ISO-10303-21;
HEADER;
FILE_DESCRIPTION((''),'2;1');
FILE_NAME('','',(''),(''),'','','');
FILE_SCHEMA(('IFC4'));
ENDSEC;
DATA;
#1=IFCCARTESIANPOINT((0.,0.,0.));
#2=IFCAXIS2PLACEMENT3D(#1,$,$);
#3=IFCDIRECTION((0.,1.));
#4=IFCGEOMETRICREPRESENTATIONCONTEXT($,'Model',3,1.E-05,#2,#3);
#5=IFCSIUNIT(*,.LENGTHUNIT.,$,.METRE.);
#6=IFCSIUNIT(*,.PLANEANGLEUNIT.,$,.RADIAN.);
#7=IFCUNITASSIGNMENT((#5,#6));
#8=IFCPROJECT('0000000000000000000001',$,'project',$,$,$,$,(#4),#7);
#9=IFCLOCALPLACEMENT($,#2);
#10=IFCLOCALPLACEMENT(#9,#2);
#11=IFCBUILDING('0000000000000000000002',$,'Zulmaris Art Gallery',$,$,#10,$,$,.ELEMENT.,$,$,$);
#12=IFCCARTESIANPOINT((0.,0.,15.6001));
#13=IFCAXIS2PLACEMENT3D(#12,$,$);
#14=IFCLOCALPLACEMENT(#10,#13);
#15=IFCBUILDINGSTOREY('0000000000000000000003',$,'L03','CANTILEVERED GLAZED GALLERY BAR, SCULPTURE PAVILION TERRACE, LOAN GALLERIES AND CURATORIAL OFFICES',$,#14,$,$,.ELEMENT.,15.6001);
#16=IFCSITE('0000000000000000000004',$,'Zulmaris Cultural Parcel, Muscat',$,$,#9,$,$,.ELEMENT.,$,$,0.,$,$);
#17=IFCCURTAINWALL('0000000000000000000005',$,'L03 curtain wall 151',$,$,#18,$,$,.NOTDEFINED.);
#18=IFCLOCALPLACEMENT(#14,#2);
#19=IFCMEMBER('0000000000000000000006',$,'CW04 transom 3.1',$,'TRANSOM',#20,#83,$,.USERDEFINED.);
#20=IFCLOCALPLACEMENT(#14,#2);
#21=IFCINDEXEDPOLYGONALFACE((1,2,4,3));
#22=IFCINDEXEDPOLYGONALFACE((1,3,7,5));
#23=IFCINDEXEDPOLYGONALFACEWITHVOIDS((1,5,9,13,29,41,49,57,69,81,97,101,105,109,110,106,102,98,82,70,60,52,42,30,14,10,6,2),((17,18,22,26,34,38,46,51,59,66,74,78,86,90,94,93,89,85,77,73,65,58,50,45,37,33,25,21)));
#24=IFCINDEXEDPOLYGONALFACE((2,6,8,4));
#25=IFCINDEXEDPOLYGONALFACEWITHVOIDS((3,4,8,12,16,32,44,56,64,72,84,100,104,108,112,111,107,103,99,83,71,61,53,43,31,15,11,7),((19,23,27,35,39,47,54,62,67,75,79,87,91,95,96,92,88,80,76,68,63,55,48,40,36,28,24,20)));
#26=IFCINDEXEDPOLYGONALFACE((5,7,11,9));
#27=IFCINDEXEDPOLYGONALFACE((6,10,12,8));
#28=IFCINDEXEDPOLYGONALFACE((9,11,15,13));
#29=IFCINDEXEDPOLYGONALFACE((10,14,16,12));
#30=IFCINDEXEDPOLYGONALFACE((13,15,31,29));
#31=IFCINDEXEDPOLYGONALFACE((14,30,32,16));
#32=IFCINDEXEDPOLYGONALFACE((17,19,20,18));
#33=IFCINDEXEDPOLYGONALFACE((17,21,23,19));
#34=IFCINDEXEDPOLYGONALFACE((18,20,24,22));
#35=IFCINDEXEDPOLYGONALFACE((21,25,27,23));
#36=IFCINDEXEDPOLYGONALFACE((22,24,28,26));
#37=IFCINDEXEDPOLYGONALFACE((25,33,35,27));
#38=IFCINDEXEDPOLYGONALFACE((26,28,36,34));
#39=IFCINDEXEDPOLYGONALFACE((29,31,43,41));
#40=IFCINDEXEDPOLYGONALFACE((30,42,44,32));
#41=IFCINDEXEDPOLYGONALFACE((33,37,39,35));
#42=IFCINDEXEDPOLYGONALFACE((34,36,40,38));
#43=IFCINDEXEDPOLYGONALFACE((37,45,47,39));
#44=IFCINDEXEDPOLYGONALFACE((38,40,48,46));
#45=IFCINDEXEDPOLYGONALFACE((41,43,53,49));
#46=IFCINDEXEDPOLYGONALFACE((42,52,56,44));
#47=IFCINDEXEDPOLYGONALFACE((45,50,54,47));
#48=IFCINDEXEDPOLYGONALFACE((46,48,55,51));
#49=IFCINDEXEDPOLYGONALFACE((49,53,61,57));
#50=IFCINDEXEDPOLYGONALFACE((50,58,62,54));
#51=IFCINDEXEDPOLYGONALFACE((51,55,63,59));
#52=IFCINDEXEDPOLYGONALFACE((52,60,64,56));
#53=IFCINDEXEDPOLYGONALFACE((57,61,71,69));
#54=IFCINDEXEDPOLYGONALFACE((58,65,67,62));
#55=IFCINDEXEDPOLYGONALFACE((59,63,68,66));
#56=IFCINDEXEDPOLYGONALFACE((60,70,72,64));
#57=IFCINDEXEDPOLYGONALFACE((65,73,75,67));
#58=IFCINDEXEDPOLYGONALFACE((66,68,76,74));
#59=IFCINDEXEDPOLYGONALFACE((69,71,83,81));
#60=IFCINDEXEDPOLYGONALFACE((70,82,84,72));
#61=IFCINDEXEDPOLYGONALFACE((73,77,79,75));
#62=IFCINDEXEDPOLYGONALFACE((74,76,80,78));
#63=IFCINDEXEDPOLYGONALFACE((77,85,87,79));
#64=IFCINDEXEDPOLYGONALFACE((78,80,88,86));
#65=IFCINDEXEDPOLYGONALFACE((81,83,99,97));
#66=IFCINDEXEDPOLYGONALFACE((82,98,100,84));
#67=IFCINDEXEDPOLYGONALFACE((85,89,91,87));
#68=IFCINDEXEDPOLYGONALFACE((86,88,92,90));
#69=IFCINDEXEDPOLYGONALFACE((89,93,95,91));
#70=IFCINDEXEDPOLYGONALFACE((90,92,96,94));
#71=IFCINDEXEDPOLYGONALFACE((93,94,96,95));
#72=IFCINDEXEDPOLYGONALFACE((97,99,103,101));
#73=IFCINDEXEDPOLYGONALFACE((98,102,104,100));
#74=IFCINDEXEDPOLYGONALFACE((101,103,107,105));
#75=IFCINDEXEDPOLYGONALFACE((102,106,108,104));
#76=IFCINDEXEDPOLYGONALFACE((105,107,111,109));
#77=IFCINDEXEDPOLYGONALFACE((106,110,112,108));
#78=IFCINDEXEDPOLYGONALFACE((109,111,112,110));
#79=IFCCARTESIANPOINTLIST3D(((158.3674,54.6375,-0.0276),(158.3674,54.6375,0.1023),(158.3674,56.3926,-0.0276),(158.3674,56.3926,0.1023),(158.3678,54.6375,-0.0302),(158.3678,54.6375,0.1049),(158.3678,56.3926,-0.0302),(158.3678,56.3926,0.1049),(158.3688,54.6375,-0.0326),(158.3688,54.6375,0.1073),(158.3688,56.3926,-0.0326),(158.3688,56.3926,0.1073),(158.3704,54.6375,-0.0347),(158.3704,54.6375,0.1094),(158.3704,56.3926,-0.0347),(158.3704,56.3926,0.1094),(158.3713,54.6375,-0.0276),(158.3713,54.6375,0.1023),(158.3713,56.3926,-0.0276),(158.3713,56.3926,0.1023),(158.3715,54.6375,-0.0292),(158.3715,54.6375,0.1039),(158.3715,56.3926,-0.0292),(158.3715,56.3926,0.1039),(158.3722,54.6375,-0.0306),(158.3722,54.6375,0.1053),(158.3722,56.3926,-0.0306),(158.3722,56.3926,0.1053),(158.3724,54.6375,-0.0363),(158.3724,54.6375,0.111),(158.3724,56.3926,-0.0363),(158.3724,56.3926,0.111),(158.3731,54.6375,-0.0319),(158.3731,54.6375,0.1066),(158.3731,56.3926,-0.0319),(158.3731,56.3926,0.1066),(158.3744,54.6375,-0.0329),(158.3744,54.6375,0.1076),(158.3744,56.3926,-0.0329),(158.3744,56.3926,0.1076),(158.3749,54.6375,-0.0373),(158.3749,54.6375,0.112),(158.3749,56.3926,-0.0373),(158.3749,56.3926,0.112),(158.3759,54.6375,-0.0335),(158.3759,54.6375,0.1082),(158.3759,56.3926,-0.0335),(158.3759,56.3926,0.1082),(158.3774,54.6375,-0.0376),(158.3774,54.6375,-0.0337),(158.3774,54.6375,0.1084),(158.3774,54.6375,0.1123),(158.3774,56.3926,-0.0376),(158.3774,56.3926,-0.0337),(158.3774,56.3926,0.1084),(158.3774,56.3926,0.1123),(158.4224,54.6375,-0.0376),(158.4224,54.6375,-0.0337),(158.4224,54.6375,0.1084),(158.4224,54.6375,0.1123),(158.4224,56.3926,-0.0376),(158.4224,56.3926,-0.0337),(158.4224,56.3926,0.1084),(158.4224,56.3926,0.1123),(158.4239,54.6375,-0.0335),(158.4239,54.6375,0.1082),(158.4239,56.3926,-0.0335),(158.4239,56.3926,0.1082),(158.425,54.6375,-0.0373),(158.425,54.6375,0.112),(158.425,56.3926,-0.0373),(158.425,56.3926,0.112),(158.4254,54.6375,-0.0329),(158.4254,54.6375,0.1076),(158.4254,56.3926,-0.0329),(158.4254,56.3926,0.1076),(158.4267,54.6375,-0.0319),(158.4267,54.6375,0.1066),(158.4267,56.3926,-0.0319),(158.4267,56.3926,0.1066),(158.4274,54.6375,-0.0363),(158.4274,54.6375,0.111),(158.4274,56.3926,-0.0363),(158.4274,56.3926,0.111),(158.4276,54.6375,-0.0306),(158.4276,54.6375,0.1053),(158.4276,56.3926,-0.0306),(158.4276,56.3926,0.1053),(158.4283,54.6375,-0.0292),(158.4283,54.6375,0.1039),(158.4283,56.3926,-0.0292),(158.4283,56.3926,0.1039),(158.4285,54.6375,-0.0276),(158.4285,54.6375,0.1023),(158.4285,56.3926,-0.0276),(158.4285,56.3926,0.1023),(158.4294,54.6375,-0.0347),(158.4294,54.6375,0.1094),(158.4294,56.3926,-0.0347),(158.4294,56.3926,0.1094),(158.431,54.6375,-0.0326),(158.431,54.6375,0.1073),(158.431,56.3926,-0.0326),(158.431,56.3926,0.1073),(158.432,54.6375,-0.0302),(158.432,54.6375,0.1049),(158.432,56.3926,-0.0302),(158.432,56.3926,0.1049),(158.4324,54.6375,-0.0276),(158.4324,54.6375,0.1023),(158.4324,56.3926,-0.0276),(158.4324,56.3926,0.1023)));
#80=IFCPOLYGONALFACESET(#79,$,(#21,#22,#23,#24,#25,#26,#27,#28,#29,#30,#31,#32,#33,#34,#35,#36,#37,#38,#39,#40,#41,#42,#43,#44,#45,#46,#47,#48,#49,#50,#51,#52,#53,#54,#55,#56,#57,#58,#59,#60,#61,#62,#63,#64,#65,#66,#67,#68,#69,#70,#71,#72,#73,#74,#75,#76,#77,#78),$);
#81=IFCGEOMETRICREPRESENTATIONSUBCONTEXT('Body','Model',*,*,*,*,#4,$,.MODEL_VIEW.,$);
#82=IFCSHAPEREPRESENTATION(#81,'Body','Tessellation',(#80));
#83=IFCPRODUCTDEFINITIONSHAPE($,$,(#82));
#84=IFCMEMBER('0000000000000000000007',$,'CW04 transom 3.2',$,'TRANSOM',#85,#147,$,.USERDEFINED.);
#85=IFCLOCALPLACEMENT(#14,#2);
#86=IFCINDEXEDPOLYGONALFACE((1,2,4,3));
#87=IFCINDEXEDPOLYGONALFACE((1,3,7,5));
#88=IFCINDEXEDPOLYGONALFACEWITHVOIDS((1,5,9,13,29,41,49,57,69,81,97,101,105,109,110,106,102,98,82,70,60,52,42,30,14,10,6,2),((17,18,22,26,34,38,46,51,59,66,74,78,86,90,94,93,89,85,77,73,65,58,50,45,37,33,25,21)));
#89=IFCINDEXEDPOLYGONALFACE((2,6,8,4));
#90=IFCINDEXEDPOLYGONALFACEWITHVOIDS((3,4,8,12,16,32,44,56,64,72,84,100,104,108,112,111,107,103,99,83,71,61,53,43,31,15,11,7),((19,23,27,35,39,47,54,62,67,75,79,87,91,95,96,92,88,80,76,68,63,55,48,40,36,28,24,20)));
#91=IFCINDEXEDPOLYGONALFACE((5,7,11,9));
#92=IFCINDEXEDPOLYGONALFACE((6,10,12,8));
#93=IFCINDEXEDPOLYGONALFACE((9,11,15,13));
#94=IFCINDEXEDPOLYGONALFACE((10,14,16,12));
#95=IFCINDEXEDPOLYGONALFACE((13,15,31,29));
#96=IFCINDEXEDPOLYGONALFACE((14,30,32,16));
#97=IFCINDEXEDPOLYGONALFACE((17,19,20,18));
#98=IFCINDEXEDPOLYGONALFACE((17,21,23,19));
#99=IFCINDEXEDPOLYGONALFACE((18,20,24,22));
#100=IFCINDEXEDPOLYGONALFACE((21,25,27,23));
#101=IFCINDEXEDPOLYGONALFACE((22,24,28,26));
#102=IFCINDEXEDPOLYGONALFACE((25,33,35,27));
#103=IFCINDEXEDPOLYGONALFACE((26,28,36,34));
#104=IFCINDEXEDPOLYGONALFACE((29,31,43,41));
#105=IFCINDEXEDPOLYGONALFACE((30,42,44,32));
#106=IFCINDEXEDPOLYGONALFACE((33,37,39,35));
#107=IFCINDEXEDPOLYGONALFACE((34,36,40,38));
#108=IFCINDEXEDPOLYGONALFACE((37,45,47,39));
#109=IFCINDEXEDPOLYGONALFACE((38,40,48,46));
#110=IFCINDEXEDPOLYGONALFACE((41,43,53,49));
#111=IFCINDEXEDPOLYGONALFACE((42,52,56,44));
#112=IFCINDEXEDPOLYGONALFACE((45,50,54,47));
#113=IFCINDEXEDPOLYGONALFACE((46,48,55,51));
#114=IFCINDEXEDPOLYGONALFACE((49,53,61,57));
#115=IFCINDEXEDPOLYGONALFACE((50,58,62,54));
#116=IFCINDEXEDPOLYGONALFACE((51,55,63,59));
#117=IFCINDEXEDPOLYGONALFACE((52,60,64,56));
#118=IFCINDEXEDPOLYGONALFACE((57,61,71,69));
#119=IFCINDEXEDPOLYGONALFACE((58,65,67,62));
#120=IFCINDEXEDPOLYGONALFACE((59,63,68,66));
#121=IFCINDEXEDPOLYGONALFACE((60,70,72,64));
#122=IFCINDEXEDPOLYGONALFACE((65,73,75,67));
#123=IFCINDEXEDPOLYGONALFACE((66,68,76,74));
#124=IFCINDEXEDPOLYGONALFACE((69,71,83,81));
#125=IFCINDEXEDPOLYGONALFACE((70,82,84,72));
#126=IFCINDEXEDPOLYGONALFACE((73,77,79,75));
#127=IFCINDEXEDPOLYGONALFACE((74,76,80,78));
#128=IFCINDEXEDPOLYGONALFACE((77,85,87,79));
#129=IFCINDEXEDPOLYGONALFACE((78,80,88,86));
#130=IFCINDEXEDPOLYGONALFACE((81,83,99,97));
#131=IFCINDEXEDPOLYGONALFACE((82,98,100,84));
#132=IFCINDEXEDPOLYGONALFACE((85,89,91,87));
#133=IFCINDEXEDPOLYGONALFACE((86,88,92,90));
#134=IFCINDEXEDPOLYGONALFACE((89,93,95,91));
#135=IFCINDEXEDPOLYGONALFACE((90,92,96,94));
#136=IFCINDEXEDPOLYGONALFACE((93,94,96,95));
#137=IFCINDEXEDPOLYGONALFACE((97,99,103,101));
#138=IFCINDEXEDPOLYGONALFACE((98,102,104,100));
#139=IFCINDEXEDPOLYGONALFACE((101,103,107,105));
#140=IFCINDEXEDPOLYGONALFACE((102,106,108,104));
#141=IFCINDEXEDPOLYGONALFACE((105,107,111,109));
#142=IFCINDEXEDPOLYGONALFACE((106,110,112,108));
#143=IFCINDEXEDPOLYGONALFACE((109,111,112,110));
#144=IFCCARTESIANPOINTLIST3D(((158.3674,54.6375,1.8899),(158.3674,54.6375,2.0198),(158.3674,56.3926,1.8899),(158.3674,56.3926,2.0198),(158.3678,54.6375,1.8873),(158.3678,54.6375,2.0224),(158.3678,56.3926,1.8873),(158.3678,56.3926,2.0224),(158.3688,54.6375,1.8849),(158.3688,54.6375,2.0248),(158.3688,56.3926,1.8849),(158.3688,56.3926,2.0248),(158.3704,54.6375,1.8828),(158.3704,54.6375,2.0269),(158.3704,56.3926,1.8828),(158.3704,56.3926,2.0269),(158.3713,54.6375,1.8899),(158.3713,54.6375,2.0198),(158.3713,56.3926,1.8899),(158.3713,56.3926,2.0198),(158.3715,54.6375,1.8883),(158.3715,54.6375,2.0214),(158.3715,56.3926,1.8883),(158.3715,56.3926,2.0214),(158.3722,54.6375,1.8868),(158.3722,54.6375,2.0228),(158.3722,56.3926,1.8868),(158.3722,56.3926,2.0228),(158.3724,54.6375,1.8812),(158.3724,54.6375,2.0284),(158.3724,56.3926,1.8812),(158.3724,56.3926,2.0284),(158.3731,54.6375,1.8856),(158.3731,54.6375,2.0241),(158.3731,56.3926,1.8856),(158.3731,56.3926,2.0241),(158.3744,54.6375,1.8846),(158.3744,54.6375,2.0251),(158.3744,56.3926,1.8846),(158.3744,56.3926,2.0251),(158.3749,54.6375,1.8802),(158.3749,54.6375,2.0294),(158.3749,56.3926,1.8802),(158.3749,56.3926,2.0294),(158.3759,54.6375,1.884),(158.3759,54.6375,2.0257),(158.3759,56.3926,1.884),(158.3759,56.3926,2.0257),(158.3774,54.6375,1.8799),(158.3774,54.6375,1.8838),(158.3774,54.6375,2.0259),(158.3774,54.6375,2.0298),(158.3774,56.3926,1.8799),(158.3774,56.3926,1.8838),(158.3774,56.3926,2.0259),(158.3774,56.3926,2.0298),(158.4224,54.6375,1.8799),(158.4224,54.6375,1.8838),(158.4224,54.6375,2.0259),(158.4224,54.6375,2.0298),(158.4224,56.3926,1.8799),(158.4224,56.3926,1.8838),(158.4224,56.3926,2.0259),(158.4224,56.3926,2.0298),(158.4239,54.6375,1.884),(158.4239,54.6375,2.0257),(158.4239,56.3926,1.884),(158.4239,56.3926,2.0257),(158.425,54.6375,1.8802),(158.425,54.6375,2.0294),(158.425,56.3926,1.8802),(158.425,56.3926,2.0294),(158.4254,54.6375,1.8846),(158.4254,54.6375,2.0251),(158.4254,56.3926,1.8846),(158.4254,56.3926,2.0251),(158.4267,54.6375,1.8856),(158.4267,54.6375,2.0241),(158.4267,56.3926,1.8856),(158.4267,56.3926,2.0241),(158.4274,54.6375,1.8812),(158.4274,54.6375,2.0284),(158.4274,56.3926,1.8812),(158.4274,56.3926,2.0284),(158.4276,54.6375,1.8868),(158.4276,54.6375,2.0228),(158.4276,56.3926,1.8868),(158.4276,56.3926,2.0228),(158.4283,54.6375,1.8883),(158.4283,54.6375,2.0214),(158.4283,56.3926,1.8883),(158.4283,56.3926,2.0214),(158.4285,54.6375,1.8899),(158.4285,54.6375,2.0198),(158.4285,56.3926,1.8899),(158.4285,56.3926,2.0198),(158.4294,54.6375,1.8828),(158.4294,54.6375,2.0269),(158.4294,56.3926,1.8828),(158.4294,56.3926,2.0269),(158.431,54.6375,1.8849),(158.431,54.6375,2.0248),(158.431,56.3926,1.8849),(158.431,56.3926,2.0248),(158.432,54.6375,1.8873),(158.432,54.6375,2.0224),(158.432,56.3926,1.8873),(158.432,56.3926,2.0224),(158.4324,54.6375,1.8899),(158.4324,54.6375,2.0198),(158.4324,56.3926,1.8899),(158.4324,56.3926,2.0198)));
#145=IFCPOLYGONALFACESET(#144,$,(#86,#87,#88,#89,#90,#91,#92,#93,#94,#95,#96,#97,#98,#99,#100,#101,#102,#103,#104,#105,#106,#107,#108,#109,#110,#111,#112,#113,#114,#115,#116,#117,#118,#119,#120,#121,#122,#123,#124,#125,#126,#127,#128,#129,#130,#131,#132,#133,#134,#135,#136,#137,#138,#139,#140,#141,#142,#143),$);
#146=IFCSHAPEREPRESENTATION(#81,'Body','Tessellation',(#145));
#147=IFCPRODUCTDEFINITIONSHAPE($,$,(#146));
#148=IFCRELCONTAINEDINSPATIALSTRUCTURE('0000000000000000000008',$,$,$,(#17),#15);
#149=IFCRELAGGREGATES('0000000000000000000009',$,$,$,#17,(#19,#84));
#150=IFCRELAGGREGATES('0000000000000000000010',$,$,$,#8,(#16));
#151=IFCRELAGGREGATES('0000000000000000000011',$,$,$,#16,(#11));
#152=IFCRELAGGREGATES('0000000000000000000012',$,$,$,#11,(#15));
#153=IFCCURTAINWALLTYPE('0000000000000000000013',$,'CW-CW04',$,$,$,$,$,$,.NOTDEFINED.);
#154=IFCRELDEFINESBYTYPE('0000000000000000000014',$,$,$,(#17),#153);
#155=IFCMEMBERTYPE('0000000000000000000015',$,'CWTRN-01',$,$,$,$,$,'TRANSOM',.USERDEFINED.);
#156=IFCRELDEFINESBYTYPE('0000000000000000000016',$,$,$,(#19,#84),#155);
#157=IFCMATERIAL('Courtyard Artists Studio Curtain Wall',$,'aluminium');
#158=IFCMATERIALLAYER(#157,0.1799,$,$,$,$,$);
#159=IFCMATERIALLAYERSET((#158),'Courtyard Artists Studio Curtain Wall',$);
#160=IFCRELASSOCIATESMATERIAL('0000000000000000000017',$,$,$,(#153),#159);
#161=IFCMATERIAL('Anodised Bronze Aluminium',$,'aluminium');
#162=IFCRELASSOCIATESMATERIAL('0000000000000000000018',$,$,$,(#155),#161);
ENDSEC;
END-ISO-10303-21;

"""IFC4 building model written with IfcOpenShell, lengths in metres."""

from ifc_helpers import new_model, si_unit, direction, frame, origin, origin_2d, place, context, subcontext, project, spatial, hollow_rectangle, extrude, material, layer, layer_set, material_profile, profile_set, type_object, element, aggregate, save


model = new_model("IFC4")

# Units and contexts
model_context = context("Model", 3, precision=1e-05, world=origin(), true_north=direction((0.0, 1.0)))
body_context = subcontext(model_context, "Body", "Model", "MODEL_VIEW")
ifc_project = project(units=[si_unit("LENGTHUNIT", "METRE"), si_unit("PLANEANGLEUNIT", "RADIAN")], contexts=[model_context])

# Site, building, storey
site_placement = place(None, origin())
site = spatial("IfcSite", under=ifc_project, at=site_placement, Name="Zulmaris Cultural Parcel, Muscat", CompositionType="ELEMENT", RefElevation=0.0)
building_placement = place(site_placement, origin())
building = spatial("IfcBuilding", under=site, at=building_placement, Name="Zulmaris Art Gallery", CompositionType="ELEMENT")
storey_placement = place(building_placement, frame((0.0, 0.0, 15.6001)))
storey = spatial("IfcBuildingStorey", under=building, at=storey_placement, Name="L03", Description="CANTILEVERED GLAZED GALLERY BAR, SCULPTURE PAVILION TERRACE, LOAN GALLERIES AND CURATORIAL OFFICES", CompositionType="ELEMENT", Elevation=15.6001)

# Curtain wall, members
ifc_material_1 = material(Name="Courtyard Artists Studio Curtain Wall", Category="aluminium")
ifc_layer_1 = layer(ifc_material_1, 0.1799)
ifc_layer_set_1 = layer_set([ifc_layer_1], Name="Courtyard Artists Studio Curtain Wall")
curtain_wall_type = type_object("IfcCurtainWallType", Name="CW-CW04", PredefinedType="NOTDEFINED", material=ifc_layer_set_1)
ifc_material_2 = material(Name="Anodised Bronze Aluminium", Category="aluminium")
curtain_wall_1_placement = place(storey_placement, origin())
curtain_wall_1 = element("IfcCurtainWall", 1, at=curtain_wall_1_placement, inside=storey, type_object=curtain_wall_type, Name="L03 curtain wall 151", PredefinedType="NOTDEFINED")
ifc_material_profile_1 = material_profile(ifc_material_2, hollow_rectangle(XDim=0.0649, YDim=0.1499, WallThickness=0.0039, InnerFilletRadius=0.0061, OuterFilletRadius=0.01, at=origin_2d()), Name="ALU 65x150x4")
ifc_profile_set_1 = profile_set([ifc_material_profile_1], Name="Anodised Bronze Aluminium")
member_type_1 = type_object("IfcMemberType", Name="CWTRN-01", ElementType="TRANSOM", PredefinedType="USERDEFINED", material=ifc_profile_set_1)
member_1_placement = place(storey_placement, frame((158.3999, 54.6375, 0.0374), z_axis=(0.0, 1.0, 0.0), x_axis=(-1.0, 0.0, 0.0)))
member_1 = element("IfcMember", 2, at=member_1_placement, type_object=member_type_1, Name="CW04 transom 3.1", ObjectType="TRANSOM", PredefinedType="USERDEFINED", context=body_context, shape_type="SweptSolid", body=[
    extrude(hollow_rectangle(XDim=0.0649, YDim=0.1499, WallThickness=0.0039, InnerFilletRadius=0.0061, OuterFilletRadius=0.01, at=origin_2d()), origin(), (0.0, 0.0, 1.0), 1.7551),
])
member_2_placement = place(storey_placement, frame((158.3999, 54.6375, 1.9548), z_axis=(0.0, 1.0, 0.0), x_axis=(-1.0, 0.0, 0.0)))
member_2 = element("IfcMember", 3, at=member_2_placement, type_object=member_type_1, Name="CW04 transom 3.2", ObjectType="TRANSOM", PredefinedType="USERDEFINED", context=body_context, shape_type="SweptSolid", body=[
    extrude(hollow_rectangle(XDim=0.0649, YDim=0.1499, WallThickness=0.0039, InnerFilletRadius=0.0061, OuterFilletRadius=0.01, at=origin_2d()), origin(), (0.0, 0.0, 1.0), 1.7551),
])

aggregate(curtain_wall_1, [member_1, member_2])

save(model, "model.ifc")
